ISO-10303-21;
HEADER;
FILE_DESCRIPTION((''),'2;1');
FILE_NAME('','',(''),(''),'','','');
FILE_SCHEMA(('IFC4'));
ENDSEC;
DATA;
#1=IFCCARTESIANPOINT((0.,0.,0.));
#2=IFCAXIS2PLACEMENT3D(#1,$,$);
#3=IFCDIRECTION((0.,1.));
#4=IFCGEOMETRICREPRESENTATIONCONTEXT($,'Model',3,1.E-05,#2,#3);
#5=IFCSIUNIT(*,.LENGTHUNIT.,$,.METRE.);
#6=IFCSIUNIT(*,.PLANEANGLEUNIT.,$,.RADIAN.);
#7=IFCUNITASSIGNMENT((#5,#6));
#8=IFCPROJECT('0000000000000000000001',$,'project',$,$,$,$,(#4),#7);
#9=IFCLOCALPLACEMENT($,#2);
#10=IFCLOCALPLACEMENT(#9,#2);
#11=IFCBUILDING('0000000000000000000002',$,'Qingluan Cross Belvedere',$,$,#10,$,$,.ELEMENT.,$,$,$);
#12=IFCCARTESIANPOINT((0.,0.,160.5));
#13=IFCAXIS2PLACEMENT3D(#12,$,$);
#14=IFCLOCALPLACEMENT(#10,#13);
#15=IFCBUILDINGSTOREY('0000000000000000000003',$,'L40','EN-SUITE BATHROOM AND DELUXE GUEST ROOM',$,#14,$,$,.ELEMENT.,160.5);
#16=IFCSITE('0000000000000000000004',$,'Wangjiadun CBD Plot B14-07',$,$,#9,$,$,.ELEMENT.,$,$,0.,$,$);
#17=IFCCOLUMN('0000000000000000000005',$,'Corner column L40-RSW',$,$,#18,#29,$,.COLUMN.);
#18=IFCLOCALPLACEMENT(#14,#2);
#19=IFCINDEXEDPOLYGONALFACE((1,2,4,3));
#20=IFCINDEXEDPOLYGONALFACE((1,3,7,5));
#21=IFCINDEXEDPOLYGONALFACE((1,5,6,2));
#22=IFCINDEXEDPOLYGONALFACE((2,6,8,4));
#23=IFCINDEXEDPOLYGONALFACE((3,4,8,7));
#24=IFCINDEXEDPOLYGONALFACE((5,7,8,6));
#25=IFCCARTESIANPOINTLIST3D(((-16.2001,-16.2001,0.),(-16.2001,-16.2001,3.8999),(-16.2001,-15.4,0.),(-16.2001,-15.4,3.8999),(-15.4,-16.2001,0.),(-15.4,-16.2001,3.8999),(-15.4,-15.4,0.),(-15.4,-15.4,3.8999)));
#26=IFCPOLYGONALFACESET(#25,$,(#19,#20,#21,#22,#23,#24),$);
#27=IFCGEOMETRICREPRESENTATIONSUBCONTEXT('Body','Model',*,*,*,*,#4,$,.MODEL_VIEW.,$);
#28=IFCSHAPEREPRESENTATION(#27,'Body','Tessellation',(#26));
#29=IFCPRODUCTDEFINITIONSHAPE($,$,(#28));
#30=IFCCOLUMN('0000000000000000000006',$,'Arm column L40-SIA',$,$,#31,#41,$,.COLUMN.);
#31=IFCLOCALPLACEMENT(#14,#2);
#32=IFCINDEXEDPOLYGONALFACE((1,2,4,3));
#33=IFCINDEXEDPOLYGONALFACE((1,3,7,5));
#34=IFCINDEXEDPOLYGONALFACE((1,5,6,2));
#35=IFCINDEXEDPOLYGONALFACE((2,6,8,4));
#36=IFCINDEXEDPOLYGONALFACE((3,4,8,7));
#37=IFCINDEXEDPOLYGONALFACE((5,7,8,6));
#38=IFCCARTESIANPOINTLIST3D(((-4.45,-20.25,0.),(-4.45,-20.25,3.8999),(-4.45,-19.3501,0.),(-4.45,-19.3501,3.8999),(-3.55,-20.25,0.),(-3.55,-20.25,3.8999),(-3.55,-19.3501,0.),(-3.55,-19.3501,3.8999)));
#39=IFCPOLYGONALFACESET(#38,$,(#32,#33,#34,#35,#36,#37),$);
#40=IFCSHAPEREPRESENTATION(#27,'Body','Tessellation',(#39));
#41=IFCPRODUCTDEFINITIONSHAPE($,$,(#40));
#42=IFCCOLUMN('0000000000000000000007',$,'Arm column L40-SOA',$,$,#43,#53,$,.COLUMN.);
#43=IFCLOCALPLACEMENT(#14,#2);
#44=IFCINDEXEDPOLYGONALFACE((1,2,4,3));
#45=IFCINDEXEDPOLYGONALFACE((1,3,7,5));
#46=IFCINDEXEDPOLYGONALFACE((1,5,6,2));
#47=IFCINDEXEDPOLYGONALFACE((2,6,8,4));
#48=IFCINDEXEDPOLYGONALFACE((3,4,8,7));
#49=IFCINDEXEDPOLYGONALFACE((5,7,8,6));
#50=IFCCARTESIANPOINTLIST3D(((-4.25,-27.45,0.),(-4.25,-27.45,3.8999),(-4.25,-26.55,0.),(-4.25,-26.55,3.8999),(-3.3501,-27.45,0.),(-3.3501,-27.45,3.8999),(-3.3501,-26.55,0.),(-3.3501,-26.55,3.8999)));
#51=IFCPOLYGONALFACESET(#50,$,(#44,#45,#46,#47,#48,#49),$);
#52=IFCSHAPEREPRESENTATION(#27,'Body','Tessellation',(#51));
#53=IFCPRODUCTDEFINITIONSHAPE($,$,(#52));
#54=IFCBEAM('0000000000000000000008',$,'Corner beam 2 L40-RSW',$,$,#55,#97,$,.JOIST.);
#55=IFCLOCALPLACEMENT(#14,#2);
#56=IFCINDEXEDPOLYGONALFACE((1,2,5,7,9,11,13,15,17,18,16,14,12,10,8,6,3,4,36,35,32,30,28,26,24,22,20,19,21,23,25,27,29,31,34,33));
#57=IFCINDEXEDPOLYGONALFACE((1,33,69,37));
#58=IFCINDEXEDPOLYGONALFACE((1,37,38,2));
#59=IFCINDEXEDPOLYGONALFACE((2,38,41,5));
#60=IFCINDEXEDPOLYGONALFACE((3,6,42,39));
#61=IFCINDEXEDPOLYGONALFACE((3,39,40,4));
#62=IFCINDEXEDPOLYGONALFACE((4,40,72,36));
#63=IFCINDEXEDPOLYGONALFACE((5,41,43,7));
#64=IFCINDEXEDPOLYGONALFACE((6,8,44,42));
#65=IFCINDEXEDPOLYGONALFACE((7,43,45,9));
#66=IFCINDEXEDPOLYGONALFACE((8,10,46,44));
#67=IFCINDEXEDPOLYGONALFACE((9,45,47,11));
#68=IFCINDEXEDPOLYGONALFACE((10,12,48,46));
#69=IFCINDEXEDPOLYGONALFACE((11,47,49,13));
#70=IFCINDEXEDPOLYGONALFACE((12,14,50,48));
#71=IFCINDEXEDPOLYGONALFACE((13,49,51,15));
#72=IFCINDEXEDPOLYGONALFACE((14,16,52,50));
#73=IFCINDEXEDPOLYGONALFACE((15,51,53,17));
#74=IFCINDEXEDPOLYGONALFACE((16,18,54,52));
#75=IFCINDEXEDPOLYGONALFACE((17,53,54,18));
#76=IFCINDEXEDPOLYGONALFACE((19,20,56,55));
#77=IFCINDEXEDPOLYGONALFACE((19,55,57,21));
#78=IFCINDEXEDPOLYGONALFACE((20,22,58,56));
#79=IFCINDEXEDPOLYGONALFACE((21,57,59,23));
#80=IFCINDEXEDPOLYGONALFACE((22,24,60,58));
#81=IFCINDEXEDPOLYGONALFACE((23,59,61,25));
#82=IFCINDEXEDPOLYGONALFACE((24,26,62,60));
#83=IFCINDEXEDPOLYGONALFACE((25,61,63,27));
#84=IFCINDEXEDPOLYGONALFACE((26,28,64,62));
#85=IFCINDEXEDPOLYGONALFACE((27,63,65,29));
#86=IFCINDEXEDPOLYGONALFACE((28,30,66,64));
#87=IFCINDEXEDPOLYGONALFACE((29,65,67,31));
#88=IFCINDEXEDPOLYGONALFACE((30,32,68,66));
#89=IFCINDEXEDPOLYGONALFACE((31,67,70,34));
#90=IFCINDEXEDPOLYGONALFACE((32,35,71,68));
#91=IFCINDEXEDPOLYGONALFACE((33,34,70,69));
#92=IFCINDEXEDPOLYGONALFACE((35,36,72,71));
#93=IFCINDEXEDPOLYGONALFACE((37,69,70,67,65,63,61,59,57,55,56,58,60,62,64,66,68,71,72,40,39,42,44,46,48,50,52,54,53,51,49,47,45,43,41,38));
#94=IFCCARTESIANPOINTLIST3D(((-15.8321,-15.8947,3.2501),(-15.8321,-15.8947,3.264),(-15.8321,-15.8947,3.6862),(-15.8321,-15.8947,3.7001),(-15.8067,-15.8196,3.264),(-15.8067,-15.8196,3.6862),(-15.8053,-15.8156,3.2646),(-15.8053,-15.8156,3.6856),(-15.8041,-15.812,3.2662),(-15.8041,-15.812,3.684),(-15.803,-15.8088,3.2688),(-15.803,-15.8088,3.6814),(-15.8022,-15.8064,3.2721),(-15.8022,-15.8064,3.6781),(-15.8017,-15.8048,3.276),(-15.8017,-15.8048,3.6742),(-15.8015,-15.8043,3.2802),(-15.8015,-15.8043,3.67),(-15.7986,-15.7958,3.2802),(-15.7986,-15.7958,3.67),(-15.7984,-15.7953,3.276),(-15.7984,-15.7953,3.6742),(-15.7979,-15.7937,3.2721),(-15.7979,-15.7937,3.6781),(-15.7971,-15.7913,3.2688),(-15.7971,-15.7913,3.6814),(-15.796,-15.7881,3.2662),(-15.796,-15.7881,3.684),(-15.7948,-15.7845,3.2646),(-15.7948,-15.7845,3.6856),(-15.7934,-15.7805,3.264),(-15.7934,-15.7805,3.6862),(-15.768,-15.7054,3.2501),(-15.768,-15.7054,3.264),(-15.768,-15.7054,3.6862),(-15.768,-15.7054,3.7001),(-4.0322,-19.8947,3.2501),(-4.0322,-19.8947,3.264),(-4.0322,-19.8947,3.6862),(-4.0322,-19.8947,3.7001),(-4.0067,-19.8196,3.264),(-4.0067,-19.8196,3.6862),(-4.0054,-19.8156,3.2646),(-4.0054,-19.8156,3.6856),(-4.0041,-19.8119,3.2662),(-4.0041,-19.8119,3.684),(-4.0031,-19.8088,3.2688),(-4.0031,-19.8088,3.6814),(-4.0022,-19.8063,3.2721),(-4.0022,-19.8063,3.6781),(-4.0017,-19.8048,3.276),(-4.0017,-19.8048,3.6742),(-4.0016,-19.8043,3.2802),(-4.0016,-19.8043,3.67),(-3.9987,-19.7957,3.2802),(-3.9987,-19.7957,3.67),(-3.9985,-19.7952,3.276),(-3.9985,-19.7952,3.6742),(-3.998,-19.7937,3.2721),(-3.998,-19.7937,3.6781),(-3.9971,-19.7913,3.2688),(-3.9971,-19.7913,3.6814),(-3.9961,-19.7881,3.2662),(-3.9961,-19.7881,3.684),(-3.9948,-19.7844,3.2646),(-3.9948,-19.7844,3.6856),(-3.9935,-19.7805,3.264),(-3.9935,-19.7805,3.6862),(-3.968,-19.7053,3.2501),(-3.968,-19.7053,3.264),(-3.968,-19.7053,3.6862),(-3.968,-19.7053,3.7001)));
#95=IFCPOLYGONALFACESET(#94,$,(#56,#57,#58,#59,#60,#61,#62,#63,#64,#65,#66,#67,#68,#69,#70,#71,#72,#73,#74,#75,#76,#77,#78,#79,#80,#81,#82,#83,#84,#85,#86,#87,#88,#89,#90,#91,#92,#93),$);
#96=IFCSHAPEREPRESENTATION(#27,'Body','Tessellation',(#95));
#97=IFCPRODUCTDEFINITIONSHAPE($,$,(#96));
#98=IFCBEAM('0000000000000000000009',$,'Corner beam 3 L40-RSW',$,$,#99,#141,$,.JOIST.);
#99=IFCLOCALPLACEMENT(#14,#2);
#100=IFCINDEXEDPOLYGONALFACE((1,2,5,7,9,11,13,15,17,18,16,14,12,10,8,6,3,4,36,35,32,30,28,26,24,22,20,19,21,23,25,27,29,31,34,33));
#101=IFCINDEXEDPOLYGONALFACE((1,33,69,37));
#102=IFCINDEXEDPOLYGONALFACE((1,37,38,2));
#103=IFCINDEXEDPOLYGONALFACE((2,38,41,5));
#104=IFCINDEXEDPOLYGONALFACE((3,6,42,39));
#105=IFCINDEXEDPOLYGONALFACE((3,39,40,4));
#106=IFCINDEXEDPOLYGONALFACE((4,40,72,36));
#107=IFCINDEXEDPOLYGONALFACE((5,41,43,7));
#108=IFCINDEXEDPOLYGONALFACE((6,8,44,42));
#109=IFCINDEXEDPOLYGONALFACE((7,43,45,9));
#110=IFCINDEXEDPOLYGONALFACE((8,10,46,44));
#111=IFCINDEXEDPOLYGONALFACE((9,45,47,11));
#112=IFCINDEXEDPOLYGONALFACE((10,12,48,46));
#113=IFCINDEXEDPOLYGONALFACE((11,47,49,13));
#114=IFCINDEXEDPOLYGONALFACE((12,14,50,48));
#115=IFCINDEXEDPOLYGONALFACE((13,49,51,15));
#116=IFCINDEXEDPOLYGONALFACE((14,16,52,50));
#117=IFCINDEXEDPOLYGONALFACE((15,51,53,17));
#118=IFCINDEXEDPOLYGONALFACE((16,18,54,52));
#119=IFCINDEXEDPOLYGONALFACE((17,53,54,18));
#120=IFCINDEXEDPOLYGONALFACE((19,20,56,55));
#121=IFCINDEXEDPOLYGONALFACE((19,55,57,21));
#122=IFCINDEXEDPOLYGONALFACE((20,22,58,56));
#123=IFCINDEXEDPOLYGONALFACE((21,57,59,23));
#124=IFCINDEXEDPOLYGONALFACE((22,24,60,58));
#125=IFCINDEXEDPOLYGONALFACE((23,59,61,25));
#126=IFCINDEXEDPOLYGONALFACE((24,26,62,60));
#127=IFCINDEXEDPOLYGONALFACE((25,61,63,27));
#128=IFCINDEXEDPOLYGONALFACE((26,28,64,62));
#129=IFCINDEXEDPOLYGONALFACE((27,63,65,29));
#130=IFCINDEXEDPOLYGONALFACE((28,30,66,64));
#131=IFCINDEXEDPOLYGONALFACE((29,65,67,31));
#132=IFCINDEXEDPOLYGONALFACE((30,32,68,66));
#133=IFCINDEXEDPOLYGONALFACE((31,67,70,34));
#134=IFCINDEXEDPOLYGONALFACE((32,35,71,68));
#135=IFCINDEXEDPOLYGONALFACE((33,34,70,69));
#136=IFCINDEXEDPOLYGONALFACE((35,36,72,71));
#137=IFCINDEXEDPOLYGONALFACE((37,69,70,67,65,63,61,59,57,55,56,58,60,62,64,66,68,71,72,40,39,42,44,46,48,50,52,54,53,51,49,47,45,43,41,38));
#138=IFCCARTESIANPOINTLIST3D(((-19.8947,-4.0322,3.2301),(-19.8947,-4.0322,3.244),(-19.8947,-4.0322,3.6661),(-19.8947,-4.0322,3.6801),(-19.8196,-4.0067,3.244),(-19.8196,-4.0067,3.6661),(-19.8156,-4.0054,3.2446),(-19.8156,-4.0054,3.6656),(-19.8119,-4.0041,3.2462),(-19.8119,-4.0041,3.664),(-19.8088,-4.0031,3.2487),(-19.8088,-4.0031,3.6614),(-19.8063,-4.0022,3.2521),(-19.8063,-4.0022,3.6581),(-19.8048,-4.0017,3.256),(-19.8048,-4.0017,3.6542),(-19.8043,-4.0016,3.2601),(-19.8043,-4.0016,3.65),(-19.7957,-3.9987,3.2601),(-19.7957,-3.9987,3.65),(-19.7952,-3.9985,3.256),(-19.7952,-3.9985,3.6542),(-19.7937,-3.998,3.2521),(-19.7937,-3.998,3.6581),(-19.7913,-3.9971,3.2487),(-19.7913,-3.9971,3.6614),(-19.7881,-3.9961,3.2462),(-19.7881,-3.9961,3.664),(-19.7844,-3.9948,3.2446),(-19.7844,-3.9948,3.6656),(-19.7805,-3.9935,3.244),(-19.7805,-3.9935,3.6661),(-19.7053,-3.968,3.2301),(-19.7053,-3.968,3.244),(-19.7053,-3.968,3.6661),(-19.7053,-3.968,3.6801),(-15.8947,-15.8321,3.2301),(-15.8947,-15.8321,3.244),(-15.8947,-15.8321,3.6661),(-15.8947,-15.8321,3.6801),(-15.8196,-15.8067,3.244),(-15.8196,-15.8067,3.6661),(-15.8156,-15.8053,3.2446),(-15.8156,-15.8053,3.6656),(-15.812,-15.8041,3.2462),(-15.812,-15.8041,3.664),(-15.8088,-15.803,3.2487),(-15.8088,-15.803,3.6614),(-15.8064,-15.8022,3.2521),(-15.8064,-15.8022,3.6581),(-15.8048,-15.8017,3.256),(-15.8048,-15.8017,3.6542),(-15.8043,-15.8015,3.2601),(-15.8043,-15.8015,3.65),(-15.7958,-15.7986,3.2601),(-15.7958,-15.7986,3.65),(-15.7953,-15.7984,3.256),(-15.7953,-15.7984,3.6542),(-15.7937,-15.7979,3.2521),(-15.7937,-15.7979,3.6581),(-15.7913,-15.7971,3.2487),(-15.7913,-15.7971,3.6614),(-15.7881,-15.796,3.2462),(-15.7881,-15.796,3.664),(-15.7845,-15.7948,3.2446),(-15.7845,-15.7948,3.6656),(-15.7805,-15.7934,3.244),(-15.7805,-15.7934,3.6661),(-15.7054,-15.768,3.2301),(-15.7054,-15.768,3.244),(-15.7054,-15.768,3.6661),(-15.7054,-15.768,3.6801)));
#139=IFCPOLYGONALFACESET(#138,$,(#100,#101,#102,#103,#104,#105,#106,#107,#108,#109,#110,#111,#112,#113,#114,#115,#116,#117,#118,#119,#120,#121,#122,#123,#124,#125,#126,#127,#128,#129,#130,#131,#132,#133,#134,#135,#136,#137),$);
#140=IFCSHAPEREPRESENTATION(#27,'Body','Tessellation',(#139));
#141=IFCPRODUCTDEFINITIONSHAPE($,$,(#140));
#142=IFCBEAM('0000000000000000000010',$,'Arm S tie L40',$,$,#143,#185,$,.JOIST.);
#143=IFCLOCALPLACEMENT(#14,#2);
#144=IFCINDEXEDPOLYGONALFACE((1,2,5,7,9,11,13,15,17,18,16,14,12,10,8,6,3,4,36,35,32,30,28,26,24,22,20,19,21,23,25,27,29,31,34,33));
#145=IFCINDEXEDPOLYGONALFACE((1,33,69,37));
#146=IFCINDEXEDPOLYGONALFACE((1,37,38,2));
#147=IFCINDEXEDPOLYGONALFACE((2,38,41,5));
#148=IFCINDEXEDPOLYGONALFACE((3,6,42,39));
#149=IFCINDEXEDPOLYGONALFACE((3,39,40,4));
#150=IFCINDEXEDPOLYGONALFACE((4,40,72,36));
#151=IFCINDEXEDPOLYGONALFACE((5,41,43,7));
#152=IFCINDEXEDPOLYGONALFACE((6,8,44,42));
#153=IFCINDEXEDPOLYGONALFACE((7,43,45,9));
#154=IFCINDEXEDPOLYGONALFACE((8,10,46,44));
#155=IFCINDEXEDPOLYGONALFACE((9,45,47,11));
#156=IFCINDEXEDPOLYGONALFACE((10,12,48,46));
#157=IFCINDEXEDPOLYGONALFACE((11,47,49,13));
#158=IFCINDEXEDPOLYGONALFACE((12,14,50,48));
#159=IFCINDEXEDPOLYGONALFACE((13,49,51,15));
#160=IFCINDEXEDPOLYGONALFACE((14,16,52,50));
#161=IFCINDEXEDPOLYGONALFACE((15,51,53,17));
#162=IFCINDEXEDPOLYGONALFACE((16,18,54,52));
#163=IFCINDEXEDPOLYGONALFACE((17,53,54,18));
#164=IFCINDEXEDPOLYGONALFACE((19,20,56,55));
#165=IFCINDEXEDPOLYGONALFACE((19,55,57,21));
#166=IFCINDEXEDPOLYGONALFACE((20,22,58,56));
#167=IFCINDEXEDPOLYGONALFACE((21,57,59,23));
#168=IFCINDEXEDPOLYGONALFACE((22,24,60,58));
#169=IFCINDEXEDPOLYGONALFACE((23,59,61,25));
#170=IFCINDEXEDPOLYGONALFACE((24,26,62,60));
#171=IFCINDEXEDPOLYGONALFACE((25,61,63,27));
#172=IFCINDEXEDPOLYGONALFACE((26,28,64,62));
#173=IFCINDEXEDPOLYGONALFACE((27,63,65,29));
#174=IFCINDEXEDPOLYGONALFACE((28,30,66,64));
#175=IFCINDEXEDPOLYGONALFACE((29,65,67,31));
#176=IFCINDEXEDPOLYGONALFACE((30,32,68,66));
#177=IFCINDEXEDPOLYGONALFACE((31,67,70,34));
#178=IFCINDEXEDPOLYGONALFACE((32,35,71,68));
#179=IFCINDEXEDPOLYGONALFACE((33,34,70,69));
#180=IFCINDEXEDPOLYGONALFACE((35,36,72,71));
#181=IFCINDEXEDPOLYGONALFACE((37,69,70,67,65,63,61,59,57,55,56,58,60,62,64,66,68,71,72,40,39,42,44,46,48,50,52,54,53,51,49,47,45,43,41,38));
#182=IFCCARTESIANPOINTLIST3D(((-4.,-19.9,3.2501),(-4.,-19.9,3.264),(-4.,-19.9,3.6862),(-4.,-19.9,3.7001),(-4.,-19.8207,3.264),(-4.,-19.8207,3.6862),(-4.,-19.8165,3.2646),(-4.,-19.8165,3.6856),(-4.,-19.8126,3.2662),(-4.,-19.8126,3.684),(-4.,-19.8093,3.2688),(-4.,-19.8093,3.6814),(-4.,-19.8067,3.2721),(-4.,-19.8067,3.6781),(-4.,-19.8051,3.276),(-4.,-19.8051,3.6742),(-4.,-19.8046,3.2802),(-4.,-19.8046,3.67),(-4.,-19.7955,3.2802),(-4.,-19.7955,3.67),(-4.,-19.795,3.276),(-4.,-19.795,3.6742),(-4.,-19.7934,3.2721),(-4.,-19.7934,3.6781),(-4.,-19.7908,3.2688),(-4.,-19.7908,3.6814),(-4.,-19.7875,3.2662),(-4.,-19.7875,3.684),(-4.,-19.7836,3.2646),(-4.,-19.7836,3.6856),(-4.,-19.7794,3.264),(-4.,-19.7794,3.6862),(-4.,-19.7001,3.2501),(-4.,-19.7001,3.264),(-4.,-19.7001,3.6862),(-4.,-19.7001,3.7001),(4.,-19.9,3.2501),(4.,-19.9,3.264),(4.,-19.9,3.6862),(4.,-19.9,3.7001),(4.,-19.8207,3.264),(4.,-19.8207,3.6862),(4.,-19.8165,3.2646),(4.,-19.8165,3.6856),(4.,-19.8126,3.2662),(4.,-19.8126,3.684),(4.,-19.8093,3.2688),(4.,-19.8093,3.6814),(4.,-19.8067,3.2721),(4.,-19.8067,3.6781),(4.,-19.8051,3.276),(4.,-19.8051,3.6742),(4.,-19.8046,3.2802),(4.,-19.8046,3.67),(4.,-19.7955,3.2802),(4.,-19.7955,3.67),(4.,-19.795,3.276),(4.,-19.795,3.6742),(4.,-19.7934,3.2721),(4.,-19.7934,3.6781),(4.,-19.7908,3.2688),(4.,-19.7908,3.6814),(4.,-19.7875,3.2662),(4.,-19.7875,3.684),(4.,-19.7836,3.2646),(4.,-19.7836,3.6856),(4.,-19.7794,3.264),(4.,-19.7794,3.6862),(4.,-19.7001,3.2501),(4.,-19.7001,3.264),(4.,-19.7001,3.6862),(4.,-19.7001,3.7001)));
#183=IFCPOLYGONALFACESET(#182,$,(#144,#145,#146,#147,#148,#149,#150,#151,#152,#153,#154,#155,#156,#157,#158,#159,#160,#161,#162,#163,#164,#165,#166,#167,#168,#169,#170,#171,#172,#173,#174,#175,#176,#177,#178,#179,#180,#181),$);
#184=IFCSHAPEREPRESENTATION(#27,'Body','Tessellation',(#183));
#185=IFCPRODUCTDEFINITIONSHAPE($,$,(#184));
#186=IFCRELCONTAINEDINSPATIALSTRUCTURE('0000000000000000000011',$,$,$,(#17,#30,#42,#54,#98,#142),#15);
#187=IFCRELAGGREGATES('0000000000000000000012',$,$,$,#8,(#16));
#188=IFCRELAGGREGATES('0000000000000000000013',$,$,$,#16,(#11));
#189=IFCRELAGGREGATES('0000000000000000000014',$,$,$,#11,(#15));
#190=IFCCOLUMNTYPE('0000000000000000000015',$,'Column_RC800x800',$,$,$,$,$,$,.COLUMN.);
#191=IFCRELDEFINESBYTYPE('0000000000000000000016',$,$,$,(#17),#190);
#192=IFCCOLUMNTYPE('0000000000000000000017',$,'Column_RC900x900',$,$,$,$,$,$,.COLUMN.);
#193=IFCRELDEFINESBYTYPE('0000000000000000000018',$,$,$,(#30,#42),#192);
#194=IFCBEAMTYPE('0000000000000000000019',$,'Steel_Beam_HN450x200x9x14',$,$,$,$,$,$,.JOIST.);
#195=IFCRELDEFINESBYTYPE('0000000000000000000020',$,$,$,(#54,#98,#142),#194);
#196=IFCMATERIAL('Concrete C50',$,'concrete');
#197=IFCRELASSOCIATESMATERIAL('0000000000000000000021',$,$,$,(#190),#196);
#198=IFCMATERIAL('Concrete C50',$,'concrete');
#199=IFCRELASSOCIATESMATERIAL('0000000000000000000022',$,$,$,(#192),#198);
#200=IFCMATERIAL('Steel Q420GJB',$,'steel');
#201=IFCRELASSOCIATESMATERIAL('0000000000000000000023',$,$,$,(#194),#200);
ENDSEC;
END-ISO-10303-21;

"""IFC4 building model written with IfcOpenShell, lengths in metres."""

from ifc_helpers import new_model, si_unit, direction, frame, origin, origin_2d, place, context, subcontext, project, spatial, rectangle, i_section, extrude, material, material_profile, profile_set, type_object, element, save


model = new_model("IFC4")

# Units and contexts
model_context = context("Model", 3, precision=1e-05, world=origin(), true_north=direction((0.0, 1.0)))
body_context = subcontext(model_context, "Body", "Model", "MODEL_VIEW")
ifc_project = project(units=[si_unit("LENGTHUNIT", "METRE"), si_unit("PLANEANGLEUNIT", "RADIAN")], contexts=[model_context])

# Site, building, storey
site_placement = place(None, origin())
site = spatial("IfcSite", under=ifc_project, at=site_placement, Name="Wangjiadun CBD Plot B14-07", CompositionType="ELEMENT", RefElevation=0.0)
building_placement = place(site_placement, origin())
building = spatial("IfcBuilding", under=site, at=building_placement, Name="Qingluan Cross Belvedere", CompositionType="ELEMENT")
storey_placement = place(building_placement, frame((0.0, 0.0, 160.5)))
storey = spatial("IfcBuildingStorey", under=building, at=storey_placement, Name="L40", Description="EN-SUITE BATHROOM AND DELUXE GUEST ROOM", CompositionType="ELEMENT", Elevation=160.5)

# Columns
ifc_material_1 = material(Name="Concrete C50", Category="concrete")
ifc_material_profile_1 = material_profile(ifc_material_1, rectangle(XDim=0.8, YDim=0.8, at=origin_2d()), Name="RC800x800")
ifc_profile_set_1 = profile_set([ifc_material_profile_1], Name="Concrete C50")
column_type_1 = type_object("IfcColumnType", Name="Column_RC800x800", PredefinedType="COLUMN", material=ifc_profile_set_1)
column_placement = place(storey_placement, frame((-15.8, -15.8, 0.0), z_axis=(0.0, 0.0, 1.0), x_axis=(1.0, 0.0, 0.0)))
element("IfcColumn", 1, at=column_placement, inside=storey, type_object=column_type_1, Name="Corner column L40-RSW", PredefinedType="COLUMN", context=body_context, shape_type="SweptSolid", body=[
    extrude(rectangle(XDim=0.8, YDim=0.8, at=origin_2d()), origin(), (0.0, 0.0, 1.0), 3.8999),
])
ifc_material_2 = material(Name="Concrete C50", Category="concrete")
ifc_material_profile_2 = material_profile(ifc_material_2, rectangle(XDim=0.8999, YDim=0.8999, at=origin_2d()), Name="RC900x900")
ifc_profile_set_2 = profile_set([ifc_material_profile_2], Name="Concrete C50")
column_type_2 = type_object("IfcColumnType", Name="Column_RC900x900", PredefinedType="COLUMN", material=ifc_profile_set_2)
for number, where, z_axis, x_axis, name in (
    (2, (-4.0, -19.8, 0.0), (0.0, 0.0, 1.0), (1.0, 0.0, 0.0), "Arm column L40-SIA"),
    (3, (-3.8, -27.0, 0.0), (0.0, 0.0, 1.0), (1.0, 0.0, 0.0), "Arm column L40-SOA"),
):
    element("IfcColumn", number, at=place(storey_placement, frame(where, z_axis=z_axis, x_axis=x_axis)), inside=storey, type_object=column_type_2, Name=name, PredefinedType="COLUMN", context=body_context, shape_type="SweptSolid", body=[
        extrude(rectangle(XDim=0.8999, YDim=0.8999, at=origin_2d()), origin(), (0.0, 0.0, 1.0), 3.8999),
    ])

# Beams
ifc_material_3 = material(Name="Steel Q420GJB", Category="steel")
ifc_material_profile_3 = material_profile(ifc_material_3, i_section(OverallWidth=0.2, OverallDepth=0.45, WebThickness=0.009, FlangeThickness=0.0139, FilletRadius=0.0161, at=origin_2d()), Name="HN450x200x9x14")
ifc_profile_set_3 = profile_set([ifc_material_profile_3], Name="Steel Q420GJB")
beam_type_1 = type_object("IfcBeamType", Name="Steel_Beam_HN450x200x9x14", PredefinedType="JOIST", material=ifc_profile_set_3)
for number, where, z_axis, x_axis, name in (
    (4, (-15.8, -15.8, 3.4751), (0.947066, -0.321038, 0.0), (0.321038, 0.947066, 0.0), "Corner beam 2 L40-RSW"),
    (5, (-15.8, -15.8, 3.4551), (-0.321038, 0.947066, 0.0), (-0.947066, -0.321038, 0.0), "Corner beam 3 L40-RSW"),
):
    element("IfcBeam", number, at=place(storey_placement, frame(where, z_axis=z_axis, x_axis=x_axis)), inside=storey, type_object=beam_type_1, Name=name, PredefinedType="JOIST", context=body_context, shape_type="SweptSolid", body=[
        extrude(i_section(OverallWidth=0.2, OverallDepth=0.45, WebThickness=0.009, FlangeThickness=0.0139, FilletRadius=0.0161, at=origin_2d()), origin(), (0.0, 0.0, 1.0), 12.4595),
    ])
for number, where, z_axis, x_axis, name in (
    (6, (-4.0, -19.8, 3.4751), (1.0, 0.0, 0.0), (0.0, 1.0, 0.0), "Arm S tie L40"),
):
    element("IfcBeam", number, at=place(storey_placement, frame(where, z_axis=z_axis, x_axis=x_axis)), inside=storey, type_object=beam_type_1, Name=name, PredefinedType="JOIST", context=body_context, shape_type="SweptSolid", body=[
        extrude(i_section(OverallWidth=0.2, OverallDepth=0.45, WebThickness=0.009, FlangeThickness=0.0139, FilletRadius=0.0161, at=origin_2d()), origin(), (0.0, 0.0, 1.0), 8.0),
    ])

save(model, "model.ifc")
